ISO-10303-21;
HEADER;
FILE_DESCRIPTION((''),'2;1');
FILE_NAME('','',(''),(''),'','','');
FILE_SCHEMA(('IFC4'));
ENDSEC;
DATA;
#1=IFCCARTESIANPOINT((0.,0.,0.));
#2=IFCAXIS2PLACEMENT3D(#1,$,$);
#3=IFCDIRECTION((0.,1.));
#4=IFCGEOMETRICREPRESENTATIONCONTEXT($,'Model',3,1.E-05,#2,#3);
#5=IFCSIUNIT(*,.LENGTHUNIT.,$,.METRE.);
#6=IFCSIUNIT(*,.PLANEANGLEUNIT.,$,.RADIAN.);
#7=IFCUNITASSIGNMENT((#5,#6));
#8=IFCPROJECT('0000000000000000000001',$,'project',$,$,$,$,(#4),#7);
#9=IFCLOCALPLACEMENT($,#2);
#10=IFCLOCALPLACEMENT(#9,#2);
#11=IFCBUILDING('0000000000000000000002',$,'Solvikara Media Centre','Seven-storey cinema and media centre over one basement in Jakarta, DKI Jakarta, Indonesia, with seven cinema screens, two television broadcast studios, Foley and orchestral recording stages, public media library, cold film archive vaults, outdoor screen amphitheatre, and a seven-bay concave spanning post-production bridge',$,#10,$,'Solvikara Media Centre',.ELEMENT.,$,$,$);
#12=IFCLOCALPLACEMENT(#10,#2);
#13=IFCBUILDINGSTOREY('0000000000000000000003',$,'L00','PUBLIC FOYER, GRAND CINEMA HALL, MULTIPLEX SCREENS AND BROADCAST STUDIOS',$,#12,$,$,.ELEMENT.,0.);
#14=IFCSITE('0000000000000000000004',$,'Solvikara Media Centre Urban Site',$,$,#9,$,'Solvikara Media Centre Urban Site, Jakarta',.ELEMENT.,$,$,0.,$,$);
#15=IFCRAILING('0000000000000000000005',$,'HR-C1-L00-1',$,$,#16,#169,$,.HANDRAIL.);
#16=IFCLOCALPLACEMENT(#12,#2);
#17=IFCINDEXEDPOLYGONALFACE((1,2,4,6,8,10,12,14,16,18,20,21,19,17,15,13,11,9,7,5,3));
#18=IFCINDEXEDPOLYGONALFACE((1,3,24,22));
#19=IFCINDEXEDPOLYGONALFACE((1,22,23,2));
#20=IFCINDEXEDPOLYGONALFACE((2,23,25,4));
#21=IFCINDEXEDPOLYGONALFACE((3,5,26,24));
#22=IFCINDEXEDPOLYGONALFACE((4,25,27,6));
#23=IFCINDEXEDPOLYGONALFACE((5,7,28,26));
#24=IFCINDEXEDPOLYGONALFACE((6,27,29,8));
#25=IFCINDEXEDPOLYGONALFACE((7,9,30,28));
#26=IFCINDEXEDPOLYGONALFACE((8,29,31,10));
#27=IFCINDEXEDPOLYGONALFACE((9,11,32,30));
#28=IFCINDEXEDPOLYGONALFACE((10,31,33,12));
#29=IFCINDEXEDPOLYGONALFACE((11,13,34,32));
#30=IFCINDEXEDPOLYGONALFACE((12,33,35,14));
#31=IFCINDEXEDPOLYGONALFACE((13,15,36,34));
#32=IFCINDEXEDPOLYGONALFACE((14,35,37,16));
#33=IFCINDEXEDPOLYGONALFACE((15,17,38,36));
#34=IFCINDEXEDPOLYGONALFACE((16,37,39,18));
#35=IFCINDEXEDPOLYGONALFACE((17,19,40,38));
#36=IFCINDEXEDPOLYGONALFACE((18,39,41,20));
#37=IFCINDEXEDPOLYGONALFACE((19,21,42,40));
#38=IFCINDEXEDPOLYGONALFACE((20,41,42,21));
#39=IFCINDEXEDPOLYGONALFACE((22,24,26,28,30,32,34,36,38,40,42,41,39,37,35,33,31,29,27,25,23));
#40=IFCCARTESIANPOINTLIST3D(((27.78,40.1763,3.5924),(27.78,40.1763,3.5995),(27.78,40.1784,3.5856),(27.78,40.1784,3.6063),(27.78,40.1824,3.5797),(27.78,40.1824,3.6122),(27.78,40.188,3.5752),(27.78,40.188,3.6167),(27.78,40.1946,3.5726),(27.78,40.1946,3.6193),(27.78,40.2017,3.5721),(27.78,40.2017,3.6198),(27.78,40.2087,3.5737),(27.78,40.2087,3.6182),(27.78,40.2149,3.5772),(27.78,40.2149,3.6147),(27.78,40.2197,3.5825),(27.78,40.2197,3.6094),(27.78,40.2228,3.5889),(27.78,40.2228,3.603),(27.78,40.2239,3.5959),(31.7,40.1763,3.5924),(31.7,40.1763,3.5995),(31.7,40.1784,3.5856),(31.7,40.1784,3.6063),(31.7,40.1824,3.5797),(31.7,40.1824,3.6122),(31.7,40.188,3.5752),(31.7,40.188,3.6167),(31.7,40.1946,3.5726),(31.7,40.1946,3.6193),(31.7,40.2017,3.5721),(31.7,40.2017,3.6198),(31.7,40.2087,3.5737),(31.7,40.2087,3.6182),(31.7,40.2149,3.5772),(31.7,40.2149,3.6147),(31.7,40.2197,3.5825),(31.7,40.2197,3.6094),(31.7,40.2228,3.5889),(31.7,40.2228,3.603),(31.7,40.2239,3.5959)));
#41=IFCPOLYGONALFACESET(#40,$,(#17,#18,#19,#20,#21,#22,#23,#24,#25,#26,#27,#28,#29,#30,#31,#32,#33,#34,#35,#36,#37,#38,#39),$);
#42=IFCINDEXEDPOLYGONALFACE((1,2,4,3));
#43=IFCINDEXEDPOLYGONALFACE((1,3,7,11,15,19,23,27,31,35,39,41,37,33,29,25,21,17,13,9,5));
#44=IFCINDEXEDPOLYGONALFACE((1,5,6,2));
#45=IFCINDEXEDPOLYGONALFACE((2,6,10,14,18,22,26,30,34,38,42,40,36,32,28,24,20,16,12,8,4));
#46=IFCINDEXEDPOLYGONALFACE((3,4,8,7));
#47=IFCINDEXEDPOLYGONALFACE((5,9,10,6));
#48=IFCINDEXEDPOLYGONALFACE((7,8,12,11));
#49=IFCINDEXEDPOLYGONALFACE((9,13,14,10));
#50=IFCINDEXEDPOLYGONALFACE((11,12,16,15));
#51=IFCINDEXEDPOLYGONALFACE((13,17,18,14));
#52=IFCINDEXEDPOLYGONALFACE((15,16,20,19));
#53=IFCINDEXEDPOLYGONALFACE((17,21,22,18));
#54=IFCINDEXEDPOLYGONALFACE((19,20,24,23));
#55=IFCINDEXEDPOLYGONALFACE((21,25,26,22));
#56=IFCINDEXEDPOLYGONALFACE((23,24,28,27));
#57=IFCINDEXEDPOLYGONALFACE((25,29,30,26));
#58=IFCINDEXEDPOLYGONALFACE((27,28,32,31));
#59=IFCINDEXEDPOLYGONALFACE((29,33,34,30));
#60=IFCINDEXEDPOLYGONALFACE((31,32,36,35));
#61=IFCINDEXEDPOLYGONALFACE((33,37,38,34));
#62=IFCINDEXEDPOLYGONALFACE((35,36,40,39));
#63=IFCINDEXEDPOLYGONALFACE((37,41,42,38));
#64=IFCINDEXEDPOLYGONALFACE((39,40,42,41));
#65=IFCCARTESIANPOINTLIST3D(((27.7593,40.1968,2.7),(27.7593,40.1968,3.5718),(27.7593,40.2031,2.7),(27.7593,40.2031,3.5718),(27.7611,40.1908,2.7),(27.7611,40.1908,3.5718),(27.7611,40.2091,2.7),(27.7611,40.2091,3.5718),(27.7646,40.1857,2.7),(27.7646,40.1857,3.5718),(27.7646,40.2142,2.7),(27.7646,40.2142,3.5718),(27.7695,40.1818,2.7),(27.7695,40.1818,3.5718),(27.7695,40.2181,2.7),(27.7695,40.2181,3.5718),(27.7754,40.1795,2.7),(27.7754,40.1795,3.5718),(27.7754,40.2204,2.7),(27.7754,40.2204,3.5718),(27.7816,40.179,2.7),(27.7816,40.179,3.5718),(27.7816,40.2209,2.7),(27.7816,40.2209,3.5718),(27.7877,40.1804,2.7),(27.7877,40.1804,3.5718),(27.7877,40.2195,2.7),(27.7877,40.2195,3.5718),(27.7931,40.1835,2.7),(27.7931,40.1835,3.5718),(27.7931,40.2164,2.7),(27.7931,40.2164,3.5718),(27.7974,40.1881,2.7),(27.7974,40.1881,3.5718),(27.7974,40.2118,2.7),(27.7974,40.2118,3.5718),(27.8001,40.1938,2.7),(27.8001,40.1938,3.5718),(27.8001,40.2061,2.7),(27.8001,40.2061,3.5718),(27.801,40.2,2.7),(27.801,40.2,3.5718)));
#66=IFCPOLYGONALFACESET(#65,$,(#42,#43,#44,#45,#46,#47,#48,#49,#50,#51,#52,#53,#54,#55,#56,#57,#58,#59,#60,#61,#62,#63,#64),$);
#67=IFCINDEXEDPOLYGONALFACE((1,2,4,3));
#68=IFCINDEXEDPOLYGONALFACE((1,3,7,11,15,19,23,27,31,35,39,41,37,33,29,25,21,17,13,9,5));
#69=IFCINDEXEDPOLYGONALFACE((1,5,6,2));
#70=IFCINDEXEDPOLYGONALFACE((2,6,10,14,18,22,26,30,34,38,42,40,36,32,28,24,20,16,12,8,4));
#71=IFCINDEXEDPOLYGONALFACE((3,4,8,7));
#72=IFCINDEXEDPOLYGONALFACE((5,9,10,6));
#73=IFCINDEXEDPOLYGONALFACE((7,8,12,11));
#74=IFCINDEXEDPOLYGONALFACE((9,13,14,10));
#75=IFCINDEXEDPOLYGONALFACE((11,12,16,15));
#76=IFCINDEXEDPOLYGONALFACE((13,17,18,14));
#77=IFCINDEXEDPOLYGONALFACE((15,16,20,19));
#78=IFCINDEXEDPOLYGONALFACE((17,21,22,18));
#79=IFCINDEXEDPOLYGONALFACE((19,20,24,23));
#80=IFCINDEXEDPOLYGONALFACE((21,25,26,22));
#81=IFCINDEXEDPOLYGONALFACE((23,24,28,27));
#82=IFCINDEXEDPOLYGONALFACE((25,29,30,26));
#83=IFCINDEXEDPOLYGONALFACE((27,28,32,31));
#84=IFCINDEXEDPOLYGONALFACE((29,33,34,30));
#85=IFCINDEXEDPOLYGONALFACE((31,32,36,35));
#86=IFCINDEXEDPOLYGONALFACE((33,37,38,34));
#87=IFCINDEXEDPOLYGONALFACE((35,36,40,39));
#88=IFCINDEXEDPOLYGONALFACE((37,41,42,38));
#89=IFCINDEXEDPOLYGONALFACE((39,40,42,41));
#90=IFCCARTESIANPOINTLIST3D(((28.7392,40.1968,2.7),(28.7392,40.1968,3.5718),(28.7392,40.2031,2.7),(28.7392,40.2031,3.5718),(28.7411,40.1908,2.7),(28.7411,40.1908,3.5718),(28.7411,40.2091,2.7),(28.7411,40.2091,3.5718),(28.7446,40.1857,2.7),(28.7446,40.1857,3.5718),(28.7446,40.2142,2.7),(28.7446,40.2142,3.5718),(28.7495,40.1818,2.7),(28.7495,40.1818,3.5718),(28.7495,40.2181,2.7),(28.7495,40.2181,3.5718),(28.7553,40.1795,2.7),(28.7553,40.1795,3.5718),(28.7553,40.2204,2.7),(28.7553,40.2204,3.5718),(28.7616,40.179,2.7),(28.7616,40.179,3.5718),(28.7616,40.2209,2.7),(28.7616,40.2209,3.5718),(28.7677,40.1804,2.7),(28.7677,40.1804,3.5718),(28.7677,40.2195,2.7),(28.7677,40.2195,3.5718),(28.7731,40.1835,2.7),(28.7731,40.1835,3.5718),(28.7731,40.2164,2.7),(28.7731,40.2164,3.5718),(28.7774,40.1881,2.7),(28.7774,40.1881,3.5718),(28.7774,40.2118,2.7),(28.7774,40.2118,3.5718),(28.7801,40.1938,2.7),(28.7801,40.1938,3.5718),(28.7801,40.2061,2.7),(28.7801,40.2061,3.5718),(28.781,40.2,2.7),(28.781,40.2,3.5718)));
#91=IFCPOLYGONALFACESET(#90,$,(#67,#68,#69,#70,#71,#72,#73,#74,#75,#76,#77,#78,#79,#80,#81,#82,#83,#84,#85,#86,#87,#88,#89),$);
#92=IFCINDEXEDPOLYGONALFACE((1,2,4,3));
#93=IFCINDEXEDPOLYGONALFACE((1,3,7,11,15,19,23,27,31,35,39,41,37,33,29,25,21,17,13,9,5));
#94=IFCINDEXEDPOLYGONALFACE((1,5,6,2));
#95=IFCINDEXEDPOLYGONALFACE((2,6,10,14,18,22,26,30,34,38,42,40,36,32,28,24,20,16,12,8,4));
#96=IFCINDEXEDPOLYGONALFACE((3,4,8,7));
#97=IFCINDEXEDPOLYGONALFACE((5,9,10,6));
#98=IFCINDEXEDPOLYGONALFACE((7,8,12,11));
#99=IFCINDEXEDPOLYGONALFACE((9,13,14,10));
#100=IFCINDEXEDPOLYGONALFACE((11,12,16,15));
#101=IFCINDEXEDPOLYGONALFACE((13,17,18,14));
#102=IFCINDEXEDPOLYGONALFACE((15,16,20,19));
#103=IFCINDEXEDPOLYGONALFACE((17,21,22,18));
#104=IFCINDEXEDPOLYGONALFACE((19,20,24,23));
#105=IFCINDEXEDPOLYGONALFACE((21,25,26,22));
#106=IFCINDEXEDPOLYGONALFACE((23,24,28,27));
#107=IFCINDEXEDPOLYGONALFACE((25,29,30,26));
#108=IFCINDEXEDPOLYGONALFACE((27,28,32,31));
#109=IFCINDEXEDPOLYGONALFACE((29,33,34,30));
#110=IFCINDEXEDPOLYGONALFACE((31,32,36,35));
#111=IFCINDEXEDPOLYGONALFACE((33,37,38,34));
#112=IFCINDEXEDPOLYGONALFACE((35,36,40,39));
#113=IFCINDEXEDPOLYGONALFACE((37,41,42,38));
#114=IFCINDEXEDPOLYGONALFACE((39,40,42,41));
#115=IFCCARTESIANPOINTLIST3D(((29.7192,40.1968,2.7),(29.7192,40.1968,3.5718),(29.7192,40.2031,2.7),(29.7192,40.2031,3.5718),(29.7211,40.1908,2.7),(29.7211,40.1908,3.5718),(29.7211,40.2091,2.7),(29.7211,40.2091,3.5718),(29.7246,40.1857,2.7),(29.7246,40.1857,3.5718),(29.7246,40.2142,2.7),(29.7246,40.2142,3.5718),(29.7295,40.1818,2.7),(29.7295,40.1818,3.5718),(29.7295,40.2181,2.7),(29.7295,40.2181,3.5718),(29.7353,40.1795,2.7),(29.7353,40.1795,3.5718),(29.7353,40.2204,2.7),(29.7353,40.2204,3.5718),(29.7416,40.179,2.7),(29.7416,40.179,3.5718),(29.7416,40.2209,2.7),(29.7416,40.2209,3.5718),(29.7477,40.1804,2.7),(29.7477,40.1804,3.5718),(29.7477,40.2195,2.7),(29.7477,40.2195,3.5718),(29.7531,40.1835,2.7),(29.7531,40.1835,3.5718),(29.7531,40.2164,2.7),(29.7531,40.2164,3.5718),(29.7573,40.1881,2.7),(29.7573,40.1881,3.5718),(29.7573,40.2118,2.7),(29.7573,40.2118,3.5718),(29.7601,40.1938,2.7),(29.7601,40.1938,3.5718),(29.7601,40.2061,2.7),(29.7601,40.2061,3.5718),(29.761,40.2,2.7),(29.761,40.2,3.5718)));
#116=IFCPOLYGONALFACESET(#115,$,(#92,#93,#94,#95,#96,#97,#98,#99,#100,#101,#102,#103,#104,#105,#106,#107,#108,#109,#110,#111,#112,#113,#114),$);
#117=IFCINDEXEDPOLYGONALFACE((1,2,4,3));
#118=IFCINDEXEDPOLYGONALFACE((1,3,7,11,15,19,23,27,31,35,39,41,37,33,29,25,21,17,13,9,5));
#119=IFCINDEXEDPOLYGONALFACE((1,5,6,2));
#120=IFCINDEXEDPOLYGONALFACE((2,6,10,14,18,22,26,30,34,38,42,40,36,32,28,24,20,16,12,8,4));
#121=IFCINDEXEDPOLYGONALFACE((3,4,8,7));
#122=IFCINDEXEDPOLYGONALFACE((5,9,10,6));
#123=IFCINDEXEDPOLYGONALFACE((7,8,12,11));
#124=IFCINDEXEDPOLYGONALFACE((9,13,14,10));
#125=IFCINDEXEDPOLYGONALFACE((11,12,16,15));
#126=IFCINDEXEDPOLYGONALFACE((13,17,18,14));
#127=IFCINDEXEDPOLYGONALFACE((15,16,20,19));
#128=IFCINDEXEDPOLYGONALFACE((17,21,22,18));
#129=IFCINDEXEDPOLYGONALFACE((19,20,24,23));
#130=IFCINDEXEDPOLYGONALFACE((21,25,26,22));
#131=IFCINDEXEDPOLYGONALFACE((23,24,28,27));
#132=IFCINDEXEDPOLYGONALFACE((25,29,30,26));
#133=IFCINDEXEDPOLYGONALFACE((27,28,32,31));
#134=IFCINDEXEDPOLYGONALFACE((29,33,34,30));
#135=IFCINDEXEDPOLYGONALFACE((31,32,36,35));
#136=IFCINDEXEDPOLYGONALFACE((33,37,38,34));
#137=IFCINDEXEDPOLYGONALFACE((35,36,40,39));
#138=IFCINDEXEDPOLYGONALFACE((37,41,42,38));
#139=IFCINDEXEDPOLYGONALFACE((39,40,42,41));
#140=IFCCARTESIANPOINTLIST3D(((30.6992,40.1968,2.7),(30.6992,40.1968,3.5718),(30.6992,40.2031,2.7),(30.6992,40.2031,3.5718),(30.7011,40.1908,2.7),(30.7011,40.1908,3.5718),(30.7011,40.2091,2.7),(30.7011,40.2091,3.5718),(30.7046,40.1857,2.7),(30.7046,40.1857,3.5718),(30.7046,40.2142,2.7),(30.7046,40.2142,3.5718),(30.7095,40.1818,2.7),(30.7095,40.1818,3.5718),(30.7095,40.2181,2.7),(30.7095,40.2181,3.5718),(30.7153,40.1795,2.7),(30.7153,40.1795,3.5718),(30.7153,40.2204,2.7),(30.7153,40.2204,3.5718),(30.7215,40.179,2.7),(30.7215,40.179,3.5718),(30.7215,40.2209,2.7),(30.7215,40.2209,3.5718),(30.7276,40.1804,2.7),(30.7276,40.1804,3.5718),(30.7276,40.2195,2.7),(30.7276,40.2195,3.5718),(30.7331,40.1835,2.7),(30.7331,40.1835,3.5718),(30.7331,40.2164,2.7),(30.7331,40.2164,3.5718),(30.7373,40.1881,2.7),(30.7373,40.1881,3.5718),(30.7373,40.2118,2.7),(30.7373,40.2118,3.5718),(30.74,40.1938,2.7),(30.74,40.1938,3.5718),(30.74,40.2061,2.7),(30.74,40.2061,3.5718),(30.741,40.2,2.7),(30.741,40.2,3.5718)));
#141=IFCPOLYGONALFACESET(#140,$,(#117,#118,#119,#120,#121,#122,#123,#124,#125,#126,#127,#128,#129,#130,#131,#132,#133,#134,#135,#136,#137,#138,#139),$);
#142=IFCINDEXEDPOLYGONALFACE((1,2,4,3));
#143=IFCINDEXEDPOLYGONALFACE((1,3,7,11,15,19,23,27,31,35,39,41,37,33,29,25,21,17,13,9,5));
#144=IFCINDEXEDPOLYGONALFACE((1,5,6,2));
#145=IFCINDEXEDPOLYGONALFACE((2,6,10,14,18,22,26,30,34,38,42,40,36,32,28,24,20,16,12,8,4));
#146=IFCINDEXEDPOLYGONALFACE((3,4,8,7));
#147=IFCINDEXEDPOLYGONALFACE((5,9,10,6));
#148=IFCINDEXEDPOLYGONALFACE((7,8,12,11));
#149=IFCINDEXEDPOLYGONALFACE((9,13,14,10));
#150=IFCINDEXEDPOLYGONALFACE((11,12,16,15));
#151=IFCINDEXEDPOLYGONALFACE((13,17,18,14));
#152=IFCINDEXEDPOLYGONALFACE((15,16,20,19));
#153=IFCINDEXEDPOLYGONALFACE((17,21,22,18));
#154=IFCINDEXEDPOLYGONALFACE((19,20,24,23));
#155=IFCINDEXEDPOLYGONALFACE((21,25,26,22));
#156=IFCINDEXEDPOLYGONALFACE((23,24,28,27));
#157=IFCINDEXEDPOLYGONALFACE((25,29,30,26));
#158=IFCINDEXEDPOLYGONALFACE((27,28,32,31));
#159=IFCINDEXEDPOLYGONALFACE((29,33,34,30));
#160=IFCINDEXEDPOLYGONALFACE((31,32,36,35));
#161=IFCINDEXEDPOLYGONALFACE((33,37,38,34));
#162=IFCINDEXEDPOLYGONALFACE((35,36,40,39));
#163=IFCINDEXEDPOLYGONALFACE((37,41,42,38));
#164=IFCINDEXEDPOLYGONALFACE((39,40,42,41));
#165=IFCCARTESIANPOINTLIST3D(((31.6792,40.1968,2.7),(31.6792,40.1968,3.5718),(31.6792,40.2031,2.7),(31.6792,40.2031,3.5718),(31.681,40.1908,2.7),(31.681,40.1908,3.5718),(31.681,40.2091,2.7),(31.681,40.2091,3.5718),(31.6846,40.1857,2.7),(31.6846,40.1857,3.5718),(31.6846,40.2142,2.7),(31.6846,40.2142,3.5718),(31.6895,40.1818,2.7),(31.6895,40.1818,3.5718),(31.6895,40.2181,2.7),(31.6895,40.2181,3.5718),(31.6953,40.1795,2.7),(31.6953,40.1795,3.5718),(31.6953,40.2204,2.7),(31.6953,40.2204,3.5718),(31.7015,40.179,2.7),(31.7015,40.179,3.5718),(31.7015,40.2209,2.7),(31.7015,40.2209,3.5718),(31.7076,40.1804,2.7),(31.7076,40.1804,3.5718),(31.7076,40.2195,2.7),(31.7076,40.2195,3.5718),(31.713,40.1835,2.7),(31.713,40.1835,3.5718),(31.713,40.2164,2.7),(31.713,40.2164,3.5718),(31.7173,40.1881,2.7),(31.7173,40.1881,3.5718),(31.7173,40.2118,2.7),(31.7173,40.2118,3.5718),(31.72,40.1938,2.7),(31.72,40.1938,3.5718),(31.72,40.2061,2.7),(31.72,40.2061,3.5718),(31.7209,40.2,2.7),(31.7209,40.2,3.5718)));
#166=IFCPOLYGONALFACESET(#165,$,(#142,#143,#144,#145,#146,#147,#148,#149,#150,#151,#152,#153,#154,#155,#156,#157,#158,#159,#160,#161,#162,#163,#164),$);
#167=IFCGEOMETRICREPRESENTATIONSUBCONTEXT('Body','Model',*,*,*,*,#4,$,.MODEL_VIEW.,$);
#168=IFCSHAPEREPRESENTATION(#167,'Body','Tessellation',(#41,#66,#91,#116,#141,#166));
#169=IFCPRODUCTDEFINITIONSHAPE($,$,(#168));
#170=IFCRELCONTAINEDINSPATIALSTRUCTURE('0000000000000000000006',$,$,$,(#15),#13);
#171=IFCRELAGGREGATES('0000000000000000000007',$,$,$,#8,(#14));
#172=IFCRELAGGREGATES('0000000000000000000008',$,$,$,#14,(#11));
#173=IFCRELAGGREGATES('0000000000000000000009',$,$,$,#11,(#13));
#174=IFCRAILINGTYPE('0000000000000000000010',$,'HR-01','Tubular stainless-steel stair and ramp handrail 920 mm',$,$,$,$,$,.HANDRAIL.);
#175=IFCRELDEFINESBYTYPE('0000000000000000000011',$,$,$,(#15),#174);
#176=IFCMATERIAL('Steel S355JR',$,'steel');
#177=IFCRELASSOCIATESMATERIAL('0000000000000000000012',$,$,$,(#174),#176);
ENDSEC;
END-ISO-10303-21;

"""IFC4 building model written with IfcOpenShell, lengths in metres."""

from ifc_helpers import new_model, si_unit, direction, frame, origin, origin_2d, place, context, subcontext, project, spatial, circle, extrude, material, type_object, element, save


model = new_model("IFC4")

# Units and contexts
model_context = context("Model", 3, precision=1e-05, world=origin(), true_north=direction((0.0, 1.0)))
body_context = subcontext(model_context, "Body", "Model", "MODEL_VIEW")
ifc_project = project(units=[si_unit("LENGTHUNIT", "METRE"), si_unit("PLANEANGLEUNIT", "RADIAN")], contexts=[model_context])

# Site, building, storey
site_placement = place(None, origin())
site = spatial("IfcSite", under=ifc_project, at=site_placement, Name="Solvikara Media Centre Urban Site", LongName="Solvikara Media Centre Urban Site, Jakarta", CompositionType="ELEMENT", RefElevation=0.0)
building_placement = place(site_placement, origin())
building = spatial("IfcBuilding", under=site, at=building_placement, Name="Solvikara Media Centre", Description="Seven-storey cinema and media centre over one basement in Jakarta, DKI Jakarta, Indonesia, with seven cinema screens, two television broadcast studios, Foley and orchestral recording stages, public media library, cold film archive vaults, outdoor screen amphitheatre, and a seven-bay concave spanning post-production bridge", LongName="Solvikara Media Centre", CompositionType="ELEMENT")
storey_placement = place(building_placement, origin())
storey = spatial("IfcBuildingStorey", under=building, at=storey_placement, Name="L00", Description="PUBLIC FOYER, GRAND CINEMA HALL, MULTIPLEX SCREENS AND BROADCAST STUDIOS", CompositionType="ELEMENT", Elevation=0.0)

# Shared definitions
ifc_material_1 = material(Name="Steel S355JR", Category="steel")

# Railing
railing_type_1 = type_object("IfcRailingType", Name="HR-01", Description="Tubular stainless-steel stair and ramp handrail 920 mm", PredefinedType="HANDRAIL", material=ifc_material_1)
railing_1_placement = place(storey_placement, frame((27.78, 40.2, 2.7)))
element("IfcRailing", 1, at=railing_1_placement, inside=storey, type_object=railing_type_1, Name="HR-C1-L00-1", PredefinedType="HANDRAIL", context=body_context, shape_type="SweptSolid", body=[
    extrude(circle(Radius=0.0239, at=origin_2d()), frame((0.0, 0.0, 0.896), z_axis=(1.0, 0.0, 0.0), x_axis=(0.0, 1.0, 0.0)), (0.0, 0.0, 1.0), 3.9199),
    extrude(circle(Radius=0.021, at=origin_2d()), origin(), (0.0, 0.0, 1.0), 0.8718),
    extrude(circle(Radius=0.021, at=origin_2d()), frame((0.98, 0.0, 0.0)), (0.0, 0.0, 1.0), 0.8718),
    extrude(circle(Radius=0.021, at=origin_2d()), frame((1.96, 0.0, 0.0)), (0.0, 0.0, 1.0), 0.8718),
    extrude(circle(Radius=0.021, at=origin_2d()), frame((2.9399, 0.0, 0.0)), (0.0, 0.0, 1.0), 0.8718),
    extrude(circle(Radius=0.021, at=origin_2d()), frame((3.9199, 0.0, 0.0)), (0.0, 0.0, 1.0), 0.8718),
])

save(model, "model.ifc")
